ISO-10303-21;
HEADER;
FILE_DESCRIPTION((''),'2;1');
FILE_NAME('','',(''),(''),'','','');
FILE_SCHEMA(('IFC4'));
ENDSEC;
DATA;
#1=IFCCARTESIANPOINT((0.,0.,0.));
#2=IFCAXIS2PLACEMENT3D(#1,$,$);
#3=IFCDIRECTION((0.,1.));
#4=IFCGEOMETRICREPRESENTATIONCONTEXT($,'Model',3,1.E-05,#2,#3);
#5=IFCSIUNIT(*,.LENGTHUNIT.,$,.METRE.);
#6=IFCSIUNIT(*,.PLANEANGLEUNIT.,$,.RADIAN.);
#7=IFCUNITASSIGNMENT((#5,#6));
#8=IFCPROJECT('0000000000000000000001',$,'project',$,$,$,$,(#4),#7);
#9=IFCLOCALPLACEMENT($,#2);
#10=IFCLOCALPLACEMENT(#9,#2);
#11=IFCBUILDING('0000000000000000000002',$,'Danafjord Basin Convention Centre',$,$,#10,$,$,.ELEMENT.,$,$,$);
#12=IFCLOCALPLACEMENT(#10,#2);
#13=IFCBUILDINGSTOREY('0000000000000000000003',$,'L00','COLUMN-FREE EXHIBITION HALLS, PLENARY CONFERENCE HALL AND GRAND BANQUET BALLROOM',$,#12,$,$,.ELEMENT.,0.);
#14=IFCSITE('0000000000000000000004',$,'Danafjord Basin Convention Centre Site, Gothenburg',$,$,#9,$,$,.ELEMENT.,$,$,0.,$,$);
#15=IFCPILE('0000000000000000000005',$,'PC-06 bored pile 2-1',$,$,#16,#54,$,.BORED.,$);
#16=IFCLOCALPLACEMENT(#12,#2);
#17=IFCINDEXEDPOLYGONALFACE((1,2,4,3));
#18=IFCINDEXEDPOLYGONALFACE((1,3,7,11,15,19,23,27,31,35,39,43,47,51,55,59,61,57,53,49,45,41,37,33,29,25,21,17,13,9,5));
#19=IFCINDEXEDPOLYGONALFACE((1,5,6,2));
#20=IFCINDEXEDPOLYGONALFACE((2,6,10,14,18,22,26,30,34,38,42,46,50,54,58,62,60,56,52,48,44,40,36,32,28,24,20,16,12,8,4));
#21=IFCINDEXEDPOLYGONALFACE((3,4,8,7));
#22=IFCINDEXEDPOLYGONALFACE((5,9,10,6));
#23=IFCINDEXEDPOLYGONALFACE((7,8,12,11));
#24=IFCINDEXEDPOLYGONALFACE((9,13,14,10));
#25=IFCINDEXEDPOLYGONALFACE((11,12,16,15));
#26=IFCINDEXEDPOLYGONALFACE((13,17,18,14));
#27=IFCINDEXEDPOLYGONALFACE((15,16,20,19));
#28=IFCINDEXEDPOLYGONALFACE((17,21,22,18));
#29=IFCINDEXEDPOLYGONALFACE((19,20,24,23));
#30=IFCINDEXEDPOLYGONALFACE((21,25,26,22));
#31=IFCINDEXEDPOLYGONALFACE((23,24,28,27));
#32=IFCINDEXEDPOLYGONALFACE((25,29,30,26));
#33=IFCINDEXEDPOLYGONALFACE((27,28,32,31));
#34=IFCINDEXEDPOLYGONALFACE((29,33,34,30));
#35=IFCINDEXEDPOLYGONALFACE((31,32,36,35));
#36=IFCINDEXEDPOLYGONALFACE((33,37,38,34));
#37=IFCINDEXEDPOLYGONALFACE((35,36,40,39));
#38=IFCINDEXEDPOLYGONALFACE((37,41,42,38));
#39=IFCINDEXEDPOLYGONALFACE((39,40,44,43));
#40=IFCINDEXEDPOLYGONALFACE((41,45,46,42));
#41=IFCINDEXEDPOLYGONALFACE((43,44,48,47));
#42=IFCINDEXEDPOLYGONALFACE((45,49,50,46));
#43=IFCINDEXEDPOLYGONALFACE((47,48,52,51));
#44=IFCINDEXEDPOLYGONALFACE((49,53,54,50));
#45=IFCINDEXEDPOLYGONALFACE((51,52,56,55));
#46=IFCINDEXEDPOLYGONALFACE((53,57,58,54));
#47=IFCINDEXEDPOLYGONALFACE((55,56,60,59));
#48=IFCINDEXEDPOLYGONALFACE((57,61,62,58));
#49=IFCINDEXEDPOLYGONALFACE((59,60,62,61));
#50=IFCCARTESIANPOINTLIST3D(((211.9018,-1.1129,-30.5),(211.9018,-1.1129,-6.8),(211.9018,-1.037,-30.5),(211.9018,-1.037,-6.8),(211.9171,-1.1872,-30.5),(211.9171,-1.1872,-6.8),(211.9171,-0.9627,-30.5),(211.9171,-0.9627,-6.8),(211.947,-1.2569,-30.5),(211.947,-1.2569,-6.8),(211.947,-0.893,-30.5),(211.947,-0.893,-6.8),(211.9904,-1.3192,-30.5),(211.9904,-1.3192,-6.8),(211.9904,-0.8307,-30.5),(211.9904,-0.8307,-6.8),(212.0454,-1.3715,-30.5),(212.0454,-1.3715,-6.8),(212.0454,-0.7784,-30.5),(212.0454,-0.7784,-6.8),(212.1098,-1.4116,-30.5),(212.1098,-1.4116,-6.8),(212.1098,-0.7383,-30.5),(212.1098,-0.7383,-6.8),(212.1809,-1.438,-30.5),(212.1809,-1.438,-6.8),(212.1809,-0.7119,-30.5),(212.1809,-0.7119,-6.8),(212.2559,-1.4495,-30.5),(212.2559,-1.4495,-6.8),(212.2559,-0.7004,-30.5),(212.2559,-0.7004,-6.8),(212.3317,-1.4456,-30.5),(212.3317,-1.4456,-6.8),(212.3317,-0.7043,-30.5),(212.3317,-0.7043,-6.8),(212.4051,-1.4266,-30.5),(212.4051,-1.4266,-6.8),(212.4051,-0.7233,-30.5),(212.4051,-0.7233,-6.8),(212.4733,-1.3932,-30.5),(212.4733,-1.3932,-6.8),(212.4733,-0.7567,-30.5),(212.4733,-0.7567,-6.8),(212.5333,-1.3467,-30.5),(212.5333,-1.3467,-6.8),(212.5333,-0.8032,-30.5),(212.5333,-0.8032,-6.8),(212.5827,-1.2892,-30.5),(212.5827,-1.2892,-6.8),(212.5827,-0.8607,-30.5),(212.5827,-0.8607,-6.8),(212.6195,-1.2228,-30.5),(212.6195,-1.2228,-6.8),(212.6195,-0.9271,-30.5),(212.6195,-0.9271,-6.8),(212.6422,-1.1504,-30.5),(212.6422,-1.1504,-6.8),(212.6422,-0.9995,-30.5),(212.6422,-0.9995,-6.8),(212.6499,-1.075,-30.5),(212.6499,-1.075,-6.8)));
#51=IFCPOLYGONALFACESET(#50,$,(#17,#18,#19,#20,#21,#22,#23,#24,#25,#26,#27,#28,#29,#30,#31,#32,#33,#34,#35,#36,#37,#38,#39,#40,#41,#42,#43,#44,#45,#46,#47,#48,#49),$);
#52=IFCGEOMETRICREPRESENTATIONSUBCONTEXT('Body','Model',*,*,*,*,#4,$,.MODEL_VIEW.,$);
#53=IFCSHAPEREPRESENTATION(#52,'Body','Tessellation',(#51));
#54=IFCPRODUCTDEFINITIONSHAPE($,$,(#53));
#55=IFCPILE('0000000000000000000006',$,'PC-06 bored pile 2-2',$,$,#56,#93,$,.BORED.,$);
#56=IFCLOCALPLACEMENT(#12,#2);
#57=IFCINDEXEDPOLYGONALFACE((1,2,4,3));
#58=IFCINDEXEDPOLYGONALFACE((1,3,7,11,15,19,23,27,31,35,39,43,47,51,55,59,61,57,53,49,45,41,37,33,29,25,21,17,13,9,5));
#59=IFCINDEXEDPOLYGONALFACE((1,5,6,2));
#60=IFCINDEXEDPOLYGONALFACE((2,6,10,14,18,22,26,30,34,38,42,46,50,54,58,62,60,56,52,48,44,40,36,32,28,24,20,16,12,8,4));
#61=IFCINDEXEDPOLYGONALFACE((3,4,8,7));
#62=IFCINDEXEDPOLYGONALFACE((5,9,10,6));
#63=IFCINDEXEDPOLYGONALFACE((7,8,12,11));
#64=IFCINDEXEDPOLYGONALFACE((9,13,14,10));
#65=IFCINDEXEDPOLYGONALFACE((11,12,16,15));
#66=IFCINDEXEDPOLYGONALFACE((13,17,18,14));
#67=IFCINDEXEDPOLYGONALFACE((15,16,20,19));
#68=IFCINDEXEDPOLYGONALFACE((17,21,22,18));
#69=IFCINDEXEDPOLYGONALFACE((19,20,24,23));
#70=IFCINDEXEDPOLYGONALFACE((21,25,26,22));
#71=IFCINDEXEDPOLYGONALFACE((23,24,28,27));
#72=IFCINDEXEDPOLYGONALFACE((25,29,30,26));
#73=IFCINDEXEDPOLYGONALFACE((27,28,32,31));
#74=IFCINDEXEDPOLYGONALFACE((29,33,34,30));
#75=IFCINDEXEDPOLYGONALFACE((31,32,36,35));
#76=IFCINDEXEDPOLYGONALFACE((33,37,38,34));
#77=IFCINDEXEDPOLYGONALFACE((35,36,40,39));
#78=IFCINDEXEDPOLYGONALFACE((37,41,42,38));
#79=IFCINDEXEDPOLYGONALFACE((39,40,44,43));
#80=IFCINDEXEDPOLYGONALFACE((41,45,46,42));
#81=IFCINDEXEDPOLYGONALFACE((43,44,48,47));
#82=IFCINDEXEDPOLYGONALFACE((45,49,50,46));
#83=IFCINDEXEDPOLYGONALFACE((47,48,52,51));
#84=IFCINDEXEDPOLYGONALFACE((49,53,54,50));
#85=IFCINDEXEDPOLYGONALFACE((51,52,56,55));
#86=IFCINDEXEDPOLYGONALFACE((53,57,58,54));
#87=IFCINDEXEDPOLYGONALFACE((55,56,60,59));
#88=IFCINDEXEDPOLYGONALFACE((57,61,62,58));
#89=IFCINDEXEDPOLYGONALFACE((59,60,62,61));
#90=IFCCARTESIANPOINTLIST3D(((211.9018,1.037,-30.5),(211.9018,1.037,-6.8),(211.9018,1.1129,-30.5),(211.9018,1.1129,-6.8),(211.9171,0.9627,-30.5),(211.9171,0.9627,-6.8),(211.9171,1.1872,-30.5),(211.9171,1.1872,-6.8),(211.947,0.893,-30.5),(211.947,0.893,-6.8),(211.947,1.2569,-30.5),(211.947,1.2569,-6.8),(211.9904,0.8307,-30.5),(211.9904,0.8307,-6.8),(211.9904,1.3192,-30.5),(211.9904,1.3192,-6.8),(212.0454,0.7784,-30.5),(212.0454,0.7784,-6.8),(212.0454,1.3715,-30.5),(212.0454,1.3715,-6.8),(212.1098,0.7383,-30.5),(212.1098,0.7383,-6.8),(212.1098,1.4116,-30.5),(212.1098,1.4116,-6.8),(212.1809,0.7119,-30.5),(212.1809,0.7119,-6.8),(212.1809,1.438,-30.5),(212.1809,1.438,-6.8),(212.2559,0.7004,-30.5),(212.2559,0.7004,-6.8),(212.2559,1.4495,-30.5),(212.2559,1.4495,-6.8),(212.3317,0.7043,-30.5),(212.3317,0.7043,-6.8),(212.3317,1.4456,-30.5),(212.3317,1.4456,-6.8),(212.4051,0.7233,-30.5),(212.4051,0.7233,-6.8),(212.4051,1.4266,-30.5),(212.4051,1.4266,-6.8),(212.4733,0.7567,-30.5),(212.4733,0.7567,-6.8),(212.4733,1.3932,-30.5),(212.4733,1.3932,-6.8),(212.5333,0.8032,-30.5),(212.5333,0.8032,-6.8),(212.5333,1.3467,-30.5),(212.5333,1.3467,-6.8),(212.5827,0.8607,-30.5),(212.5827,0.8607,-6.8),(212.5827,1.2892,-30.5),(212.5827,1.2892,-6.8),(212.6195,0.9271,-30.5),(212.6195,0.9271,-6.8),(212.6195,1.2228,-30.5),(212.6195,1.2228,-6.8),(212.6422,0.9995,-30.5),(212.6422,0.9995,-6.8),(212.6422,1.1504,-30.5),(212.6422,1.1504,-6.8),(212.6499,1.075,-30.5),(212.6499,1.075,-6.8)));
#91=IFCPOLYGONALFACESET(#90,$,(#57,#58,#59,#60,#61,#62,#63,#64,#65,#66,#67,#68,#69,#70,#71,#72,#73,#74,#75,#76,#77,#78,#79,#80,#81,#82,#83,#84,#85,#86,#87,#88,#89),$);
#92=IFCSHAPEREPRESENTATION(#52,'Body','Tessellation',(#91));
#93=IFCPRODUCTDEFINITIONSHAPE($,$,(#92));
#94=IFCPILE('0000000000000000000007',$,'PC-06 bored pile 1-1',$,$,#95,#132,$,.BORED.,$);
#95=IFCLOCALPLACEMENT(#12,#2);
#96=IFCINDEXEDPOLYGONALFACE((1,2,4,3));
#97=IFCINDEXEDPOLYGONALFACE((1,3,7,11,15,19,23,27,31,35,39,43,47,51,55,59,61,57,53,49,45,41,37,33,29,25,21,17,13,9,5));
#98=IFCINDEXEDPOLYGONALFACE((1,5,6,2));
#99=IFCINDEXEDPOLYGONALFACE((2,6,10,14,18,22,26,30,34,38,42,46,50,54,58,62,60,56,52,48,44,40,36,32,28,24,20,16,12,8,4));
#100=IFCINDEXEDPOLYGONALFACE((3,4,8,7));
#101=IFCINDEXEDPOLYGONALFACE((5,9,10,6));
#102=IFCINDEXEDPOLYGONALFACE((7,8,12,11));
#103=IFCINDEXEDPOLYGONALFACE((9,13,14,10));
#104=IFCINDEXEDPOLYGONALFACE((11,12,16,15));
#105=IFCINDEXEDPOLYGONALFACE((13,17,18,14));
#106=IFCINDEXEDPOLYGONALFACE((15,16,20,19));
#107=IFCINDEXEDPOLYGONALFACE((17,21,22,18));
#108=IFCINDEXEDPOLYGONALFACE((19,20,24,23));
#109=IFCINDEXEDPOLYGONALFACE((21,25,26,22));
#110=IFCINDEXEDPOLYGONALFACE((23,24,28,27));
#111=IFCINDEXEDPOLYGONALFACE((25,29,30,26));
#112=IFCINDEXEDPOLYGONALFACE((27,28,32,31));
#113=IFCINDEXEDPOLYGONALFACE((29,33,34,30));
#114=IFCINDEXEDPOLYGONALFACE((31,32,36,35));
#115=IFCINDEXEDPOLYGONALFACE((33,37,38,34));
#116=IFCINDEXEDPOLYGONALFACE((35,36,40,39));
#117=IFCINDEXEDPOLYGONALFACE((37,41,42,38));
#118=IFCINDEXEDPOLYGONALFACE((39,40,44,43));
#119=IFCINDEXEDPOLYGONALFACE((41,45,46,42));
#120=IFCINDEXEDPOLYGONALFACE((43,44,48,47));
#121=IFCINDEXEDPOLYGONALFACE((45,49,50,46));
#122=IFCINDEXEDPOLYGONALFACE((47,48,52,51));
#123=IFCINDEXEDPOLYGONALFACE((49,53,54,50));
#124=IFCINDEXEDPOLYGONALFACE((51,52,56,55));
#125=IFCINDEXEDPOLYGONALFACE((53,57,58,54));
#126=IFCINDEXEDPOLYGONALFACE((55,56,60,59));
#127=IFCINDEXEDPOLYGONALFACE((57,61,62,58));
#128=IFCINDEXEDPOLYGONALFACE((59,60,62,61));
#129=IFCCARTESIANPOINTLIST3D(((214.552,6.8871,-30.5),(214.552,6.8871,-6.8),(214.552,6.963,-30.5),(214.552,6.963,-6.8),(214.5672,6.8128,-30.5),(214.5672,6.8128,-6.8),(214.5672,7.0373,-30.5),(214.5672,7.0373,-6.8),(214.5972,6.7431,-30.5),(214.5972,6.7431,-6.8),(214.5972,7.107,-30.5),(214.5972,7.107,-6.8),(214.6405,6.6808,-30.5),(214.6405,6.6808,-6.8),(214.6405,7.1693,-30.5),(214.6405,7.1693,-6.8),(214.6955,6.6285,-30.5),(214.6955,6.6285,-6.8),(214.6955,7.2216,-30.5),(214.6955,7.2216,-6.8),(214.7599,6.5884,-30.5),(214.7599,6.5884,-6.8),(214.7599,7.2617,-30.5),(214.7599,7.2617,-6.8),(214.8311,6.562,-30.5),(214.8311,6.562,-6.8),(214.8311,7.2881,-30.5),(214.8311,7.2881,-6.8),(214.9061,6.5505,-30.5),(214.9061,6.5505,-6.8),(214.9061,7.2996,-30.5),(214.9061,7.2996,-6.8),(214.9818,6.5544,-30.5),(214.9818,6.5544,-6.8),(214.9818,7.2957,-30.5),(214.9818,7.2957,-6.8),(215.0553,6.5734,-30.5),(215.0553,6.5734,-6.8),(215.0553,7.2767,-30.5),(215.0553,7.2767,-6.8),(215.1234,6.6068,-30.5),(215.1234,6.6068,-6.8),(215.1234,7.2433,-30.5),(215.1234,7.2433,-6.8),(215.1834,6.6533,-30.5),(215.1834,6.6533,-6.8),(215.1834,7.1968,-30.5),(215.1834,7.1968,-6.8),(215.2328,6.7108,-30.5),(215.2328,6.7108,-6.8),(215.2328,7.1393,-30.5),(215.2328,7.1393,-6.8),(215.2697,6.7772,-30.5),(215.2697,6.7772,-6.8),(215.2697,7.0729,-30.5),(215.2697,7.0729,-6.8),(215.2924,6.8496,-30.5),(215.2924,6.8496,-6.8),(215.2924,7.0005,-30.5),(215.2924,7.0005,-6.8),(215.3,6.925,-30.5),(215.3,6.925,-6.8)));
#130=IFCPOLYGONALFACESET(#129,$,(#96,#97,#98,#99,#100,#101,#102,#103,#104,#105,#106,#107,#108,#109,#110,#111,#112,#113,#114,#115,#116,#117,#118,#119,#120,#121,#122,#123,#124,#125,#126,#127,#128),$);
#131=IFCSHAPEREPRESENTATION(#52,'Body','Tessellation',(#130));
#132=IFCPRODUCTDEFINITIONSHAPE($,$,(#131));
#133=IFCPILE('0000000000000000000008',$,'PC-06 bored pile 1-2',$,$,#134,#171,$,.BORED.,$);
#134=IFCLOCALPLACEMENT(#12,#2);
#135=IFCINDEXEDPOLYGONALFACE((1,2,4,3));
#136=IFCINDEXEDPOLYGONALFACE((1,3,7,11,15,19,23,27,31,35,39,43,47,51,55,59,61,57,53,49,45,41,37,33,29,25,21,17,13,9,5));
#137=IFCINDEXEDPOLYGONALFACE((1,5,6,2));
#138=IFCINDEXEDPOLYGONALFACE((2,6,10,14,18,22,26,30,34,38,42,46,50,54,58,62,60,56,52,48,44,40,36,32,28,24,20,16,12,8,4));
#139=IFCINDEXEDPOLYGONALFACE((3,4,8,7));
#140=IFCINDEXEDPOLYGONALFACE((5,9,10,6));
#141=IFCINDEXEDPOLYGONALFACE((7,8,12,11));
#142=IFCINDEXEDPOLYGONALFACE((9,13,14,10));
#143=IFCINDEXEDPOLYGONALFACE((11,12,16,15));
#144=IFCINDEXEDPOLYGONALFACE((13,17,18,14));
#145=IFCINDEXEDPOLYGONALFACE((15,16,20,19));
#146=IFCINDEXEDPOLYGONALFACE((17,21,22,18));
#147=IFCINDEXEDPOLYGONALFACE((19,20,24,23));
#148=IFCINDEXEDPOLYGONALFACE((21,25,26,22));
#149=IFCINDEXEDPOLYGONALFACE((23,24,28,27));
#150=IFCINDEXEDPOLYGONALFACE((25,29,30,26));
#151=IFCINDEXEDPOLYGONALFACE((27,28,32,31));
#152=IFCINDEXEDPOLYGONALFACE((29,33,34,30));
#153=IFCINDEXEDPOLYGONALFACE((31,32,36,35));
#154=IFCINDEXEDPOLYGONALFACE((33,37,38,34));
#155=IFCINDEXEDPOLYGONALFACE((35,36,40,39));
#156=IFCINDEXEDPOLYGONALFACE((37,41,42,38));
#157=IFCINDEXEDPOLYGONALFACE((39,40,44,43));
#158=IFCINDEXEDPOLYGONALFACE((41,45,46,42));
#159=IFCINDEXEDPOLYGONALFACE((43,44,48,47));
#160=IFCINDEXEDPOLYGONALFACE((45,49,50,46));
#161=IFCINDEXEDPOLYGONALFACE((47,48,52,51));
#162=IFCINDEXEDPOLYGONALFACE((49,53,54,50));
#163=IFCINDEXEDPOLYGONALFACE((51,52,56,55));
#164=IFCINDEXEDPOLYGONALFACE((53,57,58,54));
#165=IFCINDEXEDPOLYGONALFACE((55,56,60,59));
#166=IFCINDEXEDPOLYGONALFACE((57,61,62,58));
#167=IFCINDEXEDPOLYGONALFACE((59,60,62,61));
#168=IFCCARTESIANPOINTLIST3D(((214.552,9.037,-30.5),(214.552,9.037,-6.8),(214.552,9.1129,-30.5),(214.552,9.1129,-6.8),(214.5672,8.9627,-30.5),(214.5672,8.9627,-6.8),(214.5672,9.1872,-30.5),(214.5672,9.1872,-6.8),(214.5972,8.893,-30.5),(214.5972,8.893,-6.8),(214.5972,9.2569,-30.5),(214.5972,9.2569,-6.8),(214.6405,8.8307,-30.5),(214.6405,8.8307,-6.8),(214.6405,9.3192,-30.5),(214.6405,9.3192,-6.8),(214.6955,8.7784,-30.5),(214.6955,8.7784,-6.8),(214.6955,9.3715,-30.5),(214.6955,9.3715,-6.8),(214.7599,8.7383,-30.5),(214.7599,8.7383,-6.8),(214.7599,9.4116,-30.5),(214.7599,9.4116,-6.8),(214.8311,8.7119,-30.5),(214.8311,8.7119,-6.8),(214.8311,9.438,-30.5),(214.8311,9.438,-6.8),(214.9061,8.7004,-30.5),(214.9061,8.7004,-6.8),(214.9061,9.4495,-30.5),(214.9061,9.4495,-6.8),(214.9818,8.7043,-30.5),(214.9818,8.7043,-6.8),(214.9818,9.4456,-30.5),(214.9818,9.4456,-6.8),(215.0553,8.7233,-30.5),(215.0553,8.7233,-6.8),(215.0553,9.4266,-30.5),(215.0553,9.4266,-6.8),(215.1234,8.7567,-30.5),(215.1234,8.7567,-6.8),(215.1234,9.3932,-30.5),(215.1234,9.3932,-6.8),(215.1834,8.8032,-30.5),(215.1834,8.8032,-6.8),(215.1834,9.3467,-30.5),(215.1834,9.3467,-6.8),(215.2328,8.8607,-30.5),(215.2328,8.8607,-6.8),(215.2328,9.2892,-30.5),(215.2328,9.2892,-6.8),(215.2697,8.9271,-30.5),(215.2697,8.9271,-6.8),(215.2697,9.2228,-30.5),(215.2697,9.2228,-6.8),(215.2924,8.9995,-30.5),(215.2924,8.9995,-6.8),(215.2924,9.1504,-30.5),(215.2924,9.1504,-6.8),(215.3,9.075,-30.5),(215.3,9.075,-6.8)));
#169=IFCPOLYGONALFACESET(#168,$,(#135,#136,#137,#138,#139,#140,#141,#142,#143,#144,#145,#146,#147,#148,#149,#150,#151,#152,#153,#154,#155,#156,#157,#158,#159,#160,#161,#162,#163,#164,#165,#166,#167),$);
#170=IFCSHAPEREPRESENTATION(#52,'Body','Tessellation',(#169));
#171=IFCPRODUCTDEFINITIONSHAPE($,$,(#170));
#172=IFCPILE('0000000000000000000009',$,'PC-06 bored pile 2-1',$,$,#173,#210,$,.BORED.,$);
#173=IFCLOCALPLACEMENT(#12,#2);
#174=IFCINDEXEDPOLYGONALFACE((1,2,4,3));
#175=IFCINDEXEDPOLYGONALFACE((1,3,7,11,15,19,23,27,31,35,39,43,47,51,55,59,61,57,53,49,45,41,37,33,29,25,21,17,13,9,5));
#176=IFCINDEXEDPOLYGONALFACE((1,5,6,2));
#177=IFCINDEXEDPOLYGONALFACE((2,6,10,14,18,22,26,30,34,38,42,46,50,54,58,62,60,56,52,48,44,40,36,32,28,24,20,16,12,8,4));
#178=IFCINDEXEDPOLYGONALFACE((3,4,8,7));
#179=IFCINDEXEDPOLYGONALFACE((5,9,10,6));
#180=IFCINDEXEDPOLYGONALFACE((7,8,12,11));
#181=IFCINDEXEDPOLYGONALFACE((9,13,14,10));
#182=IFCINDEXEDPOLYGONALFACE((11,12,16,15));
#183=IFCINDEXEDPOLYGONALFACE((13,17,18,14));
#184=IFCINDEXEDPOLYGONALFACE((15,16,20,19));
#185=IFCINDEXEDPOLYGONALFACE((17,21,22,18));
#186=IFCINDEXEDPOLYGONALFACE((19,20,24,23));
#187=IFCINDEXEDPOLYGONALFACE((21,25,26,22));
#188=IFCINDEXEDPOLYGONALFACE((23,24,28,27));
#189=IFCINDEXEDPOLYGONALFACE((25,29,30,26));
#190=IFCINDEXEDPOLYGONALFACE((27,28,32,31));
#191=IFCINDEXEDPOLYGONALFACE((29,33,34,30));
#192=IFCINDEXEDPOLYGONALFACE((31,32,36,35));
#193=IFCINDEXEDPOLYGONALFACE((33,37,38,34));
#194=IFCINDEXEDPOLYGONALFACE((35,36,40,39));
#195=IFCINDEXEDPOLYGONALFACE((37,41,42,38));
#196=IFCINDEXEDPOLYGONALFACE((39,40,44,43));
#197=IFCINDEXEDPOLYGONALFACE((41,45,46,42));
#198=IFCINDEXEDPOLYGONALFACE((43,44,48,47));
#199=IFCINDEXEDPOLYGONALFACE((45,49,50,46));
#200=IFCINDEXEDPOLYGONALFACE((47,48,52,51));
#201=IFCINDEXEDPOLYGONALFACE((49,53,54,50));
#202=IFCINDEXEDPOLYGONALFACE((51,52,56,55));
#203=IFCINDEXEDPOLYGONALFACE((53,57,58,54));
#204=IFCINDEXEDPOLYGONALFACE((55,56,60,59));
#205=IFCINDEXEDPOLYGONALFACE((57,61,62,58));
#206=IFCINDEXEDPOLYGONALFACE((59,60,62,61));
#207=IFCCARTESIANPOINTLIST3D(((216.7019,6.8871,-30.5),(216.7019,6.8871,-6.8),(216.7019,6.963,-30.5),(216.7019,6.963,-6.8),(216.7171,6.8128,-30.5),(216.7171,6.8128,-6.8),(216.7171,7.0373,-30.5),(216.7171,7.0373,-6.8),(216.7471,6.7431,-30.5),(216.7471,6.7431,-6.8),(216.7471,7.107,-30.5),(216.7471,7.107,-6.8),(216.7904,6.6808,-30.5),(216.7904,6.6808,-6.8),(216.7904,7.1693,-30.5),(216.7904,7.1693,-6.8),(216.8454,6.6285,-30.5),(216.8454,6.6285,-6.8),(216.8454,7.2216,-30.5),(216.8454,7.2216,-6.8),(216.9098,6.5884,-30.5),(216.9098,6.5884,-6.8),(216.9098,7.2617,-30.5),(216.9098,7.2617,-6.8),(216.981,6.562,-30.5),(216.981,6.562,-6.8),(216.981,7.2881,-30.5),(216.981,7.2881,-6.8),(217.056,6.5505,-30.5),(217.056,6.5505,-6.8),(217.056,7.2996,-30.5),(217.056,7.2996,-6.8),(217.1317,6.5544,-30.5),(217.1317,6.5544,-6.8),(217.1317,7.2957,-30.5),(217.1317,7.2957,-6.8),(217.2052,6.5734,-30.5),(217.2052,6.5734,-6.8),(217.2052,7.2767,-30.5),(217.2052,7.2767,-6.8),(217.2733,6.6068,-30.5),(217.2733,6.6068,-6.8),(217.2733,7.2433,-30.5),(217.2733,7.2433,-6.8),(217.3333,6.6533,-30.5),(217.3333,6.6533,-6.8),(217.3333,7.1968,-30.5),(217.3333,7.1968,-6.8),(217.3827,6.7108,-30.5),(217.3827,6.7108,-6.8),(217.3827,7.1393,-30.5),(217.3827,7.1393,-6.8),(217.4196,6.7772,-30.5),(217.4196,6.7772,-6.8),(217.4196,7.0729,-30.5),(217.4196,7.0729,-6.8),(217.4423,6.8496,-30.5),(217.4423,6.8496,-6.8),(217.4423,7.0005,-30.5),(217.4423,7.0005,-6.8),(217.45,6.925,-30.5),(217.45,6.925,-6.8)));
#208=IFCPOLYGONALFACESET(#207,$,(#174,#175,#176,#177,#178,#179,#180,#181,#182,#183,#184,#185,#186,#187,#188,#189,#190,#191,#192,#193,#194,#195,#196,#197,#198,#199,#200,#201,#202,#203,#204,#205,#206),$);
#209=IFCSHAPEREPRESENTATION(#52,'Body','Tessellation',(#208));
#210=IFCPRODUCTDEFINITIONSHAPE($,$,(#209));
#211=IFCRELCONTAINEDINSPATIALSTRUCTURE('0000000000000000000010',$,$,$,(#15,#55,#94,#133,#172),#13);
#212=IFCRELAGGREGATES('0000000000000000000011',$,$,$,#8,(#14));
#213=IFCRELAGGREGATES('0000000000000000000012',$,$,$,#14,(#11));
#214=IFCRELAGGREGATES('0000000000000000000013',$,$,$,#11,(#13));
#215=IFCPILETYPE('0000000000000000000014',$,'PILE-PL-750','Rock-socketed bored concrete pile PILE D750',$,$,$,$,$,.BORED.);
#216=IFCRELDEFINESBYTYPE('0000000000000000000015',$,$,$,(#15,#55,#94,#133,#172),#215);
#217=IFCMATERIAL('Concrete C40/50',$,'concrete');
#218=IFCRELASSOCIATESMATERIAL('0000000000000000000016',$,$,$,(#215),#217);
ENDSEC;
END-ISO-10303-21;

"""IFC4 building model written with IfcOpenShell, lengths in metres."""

from ifc_helpers import new_model, si_unit, direction, frame, origin, origin_2d, place, context, subcontext, project, spatial, circle, extrude, material, material_profile, profile_set, type_object, element, save


model = new_model("IFC4")

# Units and contexts
model_context = context("Model", 3, precision=1e-05, world=origin(), true_north=direction((0.0, 1.0)))
body_context = subcontext(model_context, "Body", "Model", "MODEL_VIEW")
ifc_project = project(units=[si_unit("LENGTHUNIT", "METRE"), si_unit("PLANEANGLEUNIT", "RADIAN")], contexts=[model_context])

# Site, building, storey
site_placement = place(None, origin())
site = spatial("IfcSite", under=ifc_project, at=site_placement, Name="Danafjord Basin Convention Centre Site, Gothenburg", CompositionType="ELEMENT", RefElevation=0.0)
building_placement = place(site_placement, origin())
building = spatial("IfcBuilding", under=site, at=building_placement, Name="Danafjord Basin Convention Centre", CompositionType="ELEMENT")
storey_placement = place(building_placement, origin())
storey = spatial("IfcBuildingStorey", under=building, at=storey_placement, Name="L00", Description="COLUMN-FREE EXHIBITION HALLS, PLENARY CONFERENCE HALL AND GRAND BANQUET BALLROOM", CompositionType="ELEMENT", Elevation=0.0)

# Shared definitions
ifc_material_1 = material(Name="Concrete C40/50", Category="concrete")

# Piles
ifc_material_profile_1 = material_profile(ifc_material_1, circle(Radius=0.375, at=origin_2d()), Name="PILE D750")
ifc_profile_set_1 = profile_set([ifc_material_profile_1], Name="Concrete C40/50")
pile_type = type_object("IfcPileType", Name="PILE-PL-750", Description="Rock-socketed bored concrete pile PILE D750", PredefinedType="BORED", material=ifc_profile_set_1)
for number, where, z_axis, x_axis, name in (
    (1, (212.2749, -1.075, -6.8), (0.0, 0.0, -1.0), (1.0, 0.0, 0.0), "PC-06 bored pile 2-1"),
    (2, (212.2749, 1.075, -6.8), (0.0, 0.0, -1.0), (1.0, 0.0, 0.0), "PC-06 bored pile 2-2"),
    (3, (214.925, 6.925, -6.8), (0.0, 0.0, -1.0), (1.0, 0.0, 0.0), "PC-06 bored pile 1-1"),
    (4, (214.925, 9.075, -6.8), (0.0, 0.0, -1.0), (1.0, 0.0, 0.0), "PC-06 bored pile 1-2"),
    (5, (217.075, 6.925, -6.8), (0.0, 0.0, -1.0), (1.0, 0.0, 0.0), "PC-06 bored pile 2-1"),
):
    element("IfcPile", number, at=place(storey_placement, frame(where, z_axis=z_axis, x_axis=x_axis)), inside=storey, type_object=pile_type, Name=name, PredefinedType="BORED", context=body_context, shape_type="SweptSolid", body=[
        extrude(circle(Radius=0.375, at=origin_2d()), origin(), (0.0, 0.0, 1.0), 23.7),
    ])

save(model, "model.ifc")
